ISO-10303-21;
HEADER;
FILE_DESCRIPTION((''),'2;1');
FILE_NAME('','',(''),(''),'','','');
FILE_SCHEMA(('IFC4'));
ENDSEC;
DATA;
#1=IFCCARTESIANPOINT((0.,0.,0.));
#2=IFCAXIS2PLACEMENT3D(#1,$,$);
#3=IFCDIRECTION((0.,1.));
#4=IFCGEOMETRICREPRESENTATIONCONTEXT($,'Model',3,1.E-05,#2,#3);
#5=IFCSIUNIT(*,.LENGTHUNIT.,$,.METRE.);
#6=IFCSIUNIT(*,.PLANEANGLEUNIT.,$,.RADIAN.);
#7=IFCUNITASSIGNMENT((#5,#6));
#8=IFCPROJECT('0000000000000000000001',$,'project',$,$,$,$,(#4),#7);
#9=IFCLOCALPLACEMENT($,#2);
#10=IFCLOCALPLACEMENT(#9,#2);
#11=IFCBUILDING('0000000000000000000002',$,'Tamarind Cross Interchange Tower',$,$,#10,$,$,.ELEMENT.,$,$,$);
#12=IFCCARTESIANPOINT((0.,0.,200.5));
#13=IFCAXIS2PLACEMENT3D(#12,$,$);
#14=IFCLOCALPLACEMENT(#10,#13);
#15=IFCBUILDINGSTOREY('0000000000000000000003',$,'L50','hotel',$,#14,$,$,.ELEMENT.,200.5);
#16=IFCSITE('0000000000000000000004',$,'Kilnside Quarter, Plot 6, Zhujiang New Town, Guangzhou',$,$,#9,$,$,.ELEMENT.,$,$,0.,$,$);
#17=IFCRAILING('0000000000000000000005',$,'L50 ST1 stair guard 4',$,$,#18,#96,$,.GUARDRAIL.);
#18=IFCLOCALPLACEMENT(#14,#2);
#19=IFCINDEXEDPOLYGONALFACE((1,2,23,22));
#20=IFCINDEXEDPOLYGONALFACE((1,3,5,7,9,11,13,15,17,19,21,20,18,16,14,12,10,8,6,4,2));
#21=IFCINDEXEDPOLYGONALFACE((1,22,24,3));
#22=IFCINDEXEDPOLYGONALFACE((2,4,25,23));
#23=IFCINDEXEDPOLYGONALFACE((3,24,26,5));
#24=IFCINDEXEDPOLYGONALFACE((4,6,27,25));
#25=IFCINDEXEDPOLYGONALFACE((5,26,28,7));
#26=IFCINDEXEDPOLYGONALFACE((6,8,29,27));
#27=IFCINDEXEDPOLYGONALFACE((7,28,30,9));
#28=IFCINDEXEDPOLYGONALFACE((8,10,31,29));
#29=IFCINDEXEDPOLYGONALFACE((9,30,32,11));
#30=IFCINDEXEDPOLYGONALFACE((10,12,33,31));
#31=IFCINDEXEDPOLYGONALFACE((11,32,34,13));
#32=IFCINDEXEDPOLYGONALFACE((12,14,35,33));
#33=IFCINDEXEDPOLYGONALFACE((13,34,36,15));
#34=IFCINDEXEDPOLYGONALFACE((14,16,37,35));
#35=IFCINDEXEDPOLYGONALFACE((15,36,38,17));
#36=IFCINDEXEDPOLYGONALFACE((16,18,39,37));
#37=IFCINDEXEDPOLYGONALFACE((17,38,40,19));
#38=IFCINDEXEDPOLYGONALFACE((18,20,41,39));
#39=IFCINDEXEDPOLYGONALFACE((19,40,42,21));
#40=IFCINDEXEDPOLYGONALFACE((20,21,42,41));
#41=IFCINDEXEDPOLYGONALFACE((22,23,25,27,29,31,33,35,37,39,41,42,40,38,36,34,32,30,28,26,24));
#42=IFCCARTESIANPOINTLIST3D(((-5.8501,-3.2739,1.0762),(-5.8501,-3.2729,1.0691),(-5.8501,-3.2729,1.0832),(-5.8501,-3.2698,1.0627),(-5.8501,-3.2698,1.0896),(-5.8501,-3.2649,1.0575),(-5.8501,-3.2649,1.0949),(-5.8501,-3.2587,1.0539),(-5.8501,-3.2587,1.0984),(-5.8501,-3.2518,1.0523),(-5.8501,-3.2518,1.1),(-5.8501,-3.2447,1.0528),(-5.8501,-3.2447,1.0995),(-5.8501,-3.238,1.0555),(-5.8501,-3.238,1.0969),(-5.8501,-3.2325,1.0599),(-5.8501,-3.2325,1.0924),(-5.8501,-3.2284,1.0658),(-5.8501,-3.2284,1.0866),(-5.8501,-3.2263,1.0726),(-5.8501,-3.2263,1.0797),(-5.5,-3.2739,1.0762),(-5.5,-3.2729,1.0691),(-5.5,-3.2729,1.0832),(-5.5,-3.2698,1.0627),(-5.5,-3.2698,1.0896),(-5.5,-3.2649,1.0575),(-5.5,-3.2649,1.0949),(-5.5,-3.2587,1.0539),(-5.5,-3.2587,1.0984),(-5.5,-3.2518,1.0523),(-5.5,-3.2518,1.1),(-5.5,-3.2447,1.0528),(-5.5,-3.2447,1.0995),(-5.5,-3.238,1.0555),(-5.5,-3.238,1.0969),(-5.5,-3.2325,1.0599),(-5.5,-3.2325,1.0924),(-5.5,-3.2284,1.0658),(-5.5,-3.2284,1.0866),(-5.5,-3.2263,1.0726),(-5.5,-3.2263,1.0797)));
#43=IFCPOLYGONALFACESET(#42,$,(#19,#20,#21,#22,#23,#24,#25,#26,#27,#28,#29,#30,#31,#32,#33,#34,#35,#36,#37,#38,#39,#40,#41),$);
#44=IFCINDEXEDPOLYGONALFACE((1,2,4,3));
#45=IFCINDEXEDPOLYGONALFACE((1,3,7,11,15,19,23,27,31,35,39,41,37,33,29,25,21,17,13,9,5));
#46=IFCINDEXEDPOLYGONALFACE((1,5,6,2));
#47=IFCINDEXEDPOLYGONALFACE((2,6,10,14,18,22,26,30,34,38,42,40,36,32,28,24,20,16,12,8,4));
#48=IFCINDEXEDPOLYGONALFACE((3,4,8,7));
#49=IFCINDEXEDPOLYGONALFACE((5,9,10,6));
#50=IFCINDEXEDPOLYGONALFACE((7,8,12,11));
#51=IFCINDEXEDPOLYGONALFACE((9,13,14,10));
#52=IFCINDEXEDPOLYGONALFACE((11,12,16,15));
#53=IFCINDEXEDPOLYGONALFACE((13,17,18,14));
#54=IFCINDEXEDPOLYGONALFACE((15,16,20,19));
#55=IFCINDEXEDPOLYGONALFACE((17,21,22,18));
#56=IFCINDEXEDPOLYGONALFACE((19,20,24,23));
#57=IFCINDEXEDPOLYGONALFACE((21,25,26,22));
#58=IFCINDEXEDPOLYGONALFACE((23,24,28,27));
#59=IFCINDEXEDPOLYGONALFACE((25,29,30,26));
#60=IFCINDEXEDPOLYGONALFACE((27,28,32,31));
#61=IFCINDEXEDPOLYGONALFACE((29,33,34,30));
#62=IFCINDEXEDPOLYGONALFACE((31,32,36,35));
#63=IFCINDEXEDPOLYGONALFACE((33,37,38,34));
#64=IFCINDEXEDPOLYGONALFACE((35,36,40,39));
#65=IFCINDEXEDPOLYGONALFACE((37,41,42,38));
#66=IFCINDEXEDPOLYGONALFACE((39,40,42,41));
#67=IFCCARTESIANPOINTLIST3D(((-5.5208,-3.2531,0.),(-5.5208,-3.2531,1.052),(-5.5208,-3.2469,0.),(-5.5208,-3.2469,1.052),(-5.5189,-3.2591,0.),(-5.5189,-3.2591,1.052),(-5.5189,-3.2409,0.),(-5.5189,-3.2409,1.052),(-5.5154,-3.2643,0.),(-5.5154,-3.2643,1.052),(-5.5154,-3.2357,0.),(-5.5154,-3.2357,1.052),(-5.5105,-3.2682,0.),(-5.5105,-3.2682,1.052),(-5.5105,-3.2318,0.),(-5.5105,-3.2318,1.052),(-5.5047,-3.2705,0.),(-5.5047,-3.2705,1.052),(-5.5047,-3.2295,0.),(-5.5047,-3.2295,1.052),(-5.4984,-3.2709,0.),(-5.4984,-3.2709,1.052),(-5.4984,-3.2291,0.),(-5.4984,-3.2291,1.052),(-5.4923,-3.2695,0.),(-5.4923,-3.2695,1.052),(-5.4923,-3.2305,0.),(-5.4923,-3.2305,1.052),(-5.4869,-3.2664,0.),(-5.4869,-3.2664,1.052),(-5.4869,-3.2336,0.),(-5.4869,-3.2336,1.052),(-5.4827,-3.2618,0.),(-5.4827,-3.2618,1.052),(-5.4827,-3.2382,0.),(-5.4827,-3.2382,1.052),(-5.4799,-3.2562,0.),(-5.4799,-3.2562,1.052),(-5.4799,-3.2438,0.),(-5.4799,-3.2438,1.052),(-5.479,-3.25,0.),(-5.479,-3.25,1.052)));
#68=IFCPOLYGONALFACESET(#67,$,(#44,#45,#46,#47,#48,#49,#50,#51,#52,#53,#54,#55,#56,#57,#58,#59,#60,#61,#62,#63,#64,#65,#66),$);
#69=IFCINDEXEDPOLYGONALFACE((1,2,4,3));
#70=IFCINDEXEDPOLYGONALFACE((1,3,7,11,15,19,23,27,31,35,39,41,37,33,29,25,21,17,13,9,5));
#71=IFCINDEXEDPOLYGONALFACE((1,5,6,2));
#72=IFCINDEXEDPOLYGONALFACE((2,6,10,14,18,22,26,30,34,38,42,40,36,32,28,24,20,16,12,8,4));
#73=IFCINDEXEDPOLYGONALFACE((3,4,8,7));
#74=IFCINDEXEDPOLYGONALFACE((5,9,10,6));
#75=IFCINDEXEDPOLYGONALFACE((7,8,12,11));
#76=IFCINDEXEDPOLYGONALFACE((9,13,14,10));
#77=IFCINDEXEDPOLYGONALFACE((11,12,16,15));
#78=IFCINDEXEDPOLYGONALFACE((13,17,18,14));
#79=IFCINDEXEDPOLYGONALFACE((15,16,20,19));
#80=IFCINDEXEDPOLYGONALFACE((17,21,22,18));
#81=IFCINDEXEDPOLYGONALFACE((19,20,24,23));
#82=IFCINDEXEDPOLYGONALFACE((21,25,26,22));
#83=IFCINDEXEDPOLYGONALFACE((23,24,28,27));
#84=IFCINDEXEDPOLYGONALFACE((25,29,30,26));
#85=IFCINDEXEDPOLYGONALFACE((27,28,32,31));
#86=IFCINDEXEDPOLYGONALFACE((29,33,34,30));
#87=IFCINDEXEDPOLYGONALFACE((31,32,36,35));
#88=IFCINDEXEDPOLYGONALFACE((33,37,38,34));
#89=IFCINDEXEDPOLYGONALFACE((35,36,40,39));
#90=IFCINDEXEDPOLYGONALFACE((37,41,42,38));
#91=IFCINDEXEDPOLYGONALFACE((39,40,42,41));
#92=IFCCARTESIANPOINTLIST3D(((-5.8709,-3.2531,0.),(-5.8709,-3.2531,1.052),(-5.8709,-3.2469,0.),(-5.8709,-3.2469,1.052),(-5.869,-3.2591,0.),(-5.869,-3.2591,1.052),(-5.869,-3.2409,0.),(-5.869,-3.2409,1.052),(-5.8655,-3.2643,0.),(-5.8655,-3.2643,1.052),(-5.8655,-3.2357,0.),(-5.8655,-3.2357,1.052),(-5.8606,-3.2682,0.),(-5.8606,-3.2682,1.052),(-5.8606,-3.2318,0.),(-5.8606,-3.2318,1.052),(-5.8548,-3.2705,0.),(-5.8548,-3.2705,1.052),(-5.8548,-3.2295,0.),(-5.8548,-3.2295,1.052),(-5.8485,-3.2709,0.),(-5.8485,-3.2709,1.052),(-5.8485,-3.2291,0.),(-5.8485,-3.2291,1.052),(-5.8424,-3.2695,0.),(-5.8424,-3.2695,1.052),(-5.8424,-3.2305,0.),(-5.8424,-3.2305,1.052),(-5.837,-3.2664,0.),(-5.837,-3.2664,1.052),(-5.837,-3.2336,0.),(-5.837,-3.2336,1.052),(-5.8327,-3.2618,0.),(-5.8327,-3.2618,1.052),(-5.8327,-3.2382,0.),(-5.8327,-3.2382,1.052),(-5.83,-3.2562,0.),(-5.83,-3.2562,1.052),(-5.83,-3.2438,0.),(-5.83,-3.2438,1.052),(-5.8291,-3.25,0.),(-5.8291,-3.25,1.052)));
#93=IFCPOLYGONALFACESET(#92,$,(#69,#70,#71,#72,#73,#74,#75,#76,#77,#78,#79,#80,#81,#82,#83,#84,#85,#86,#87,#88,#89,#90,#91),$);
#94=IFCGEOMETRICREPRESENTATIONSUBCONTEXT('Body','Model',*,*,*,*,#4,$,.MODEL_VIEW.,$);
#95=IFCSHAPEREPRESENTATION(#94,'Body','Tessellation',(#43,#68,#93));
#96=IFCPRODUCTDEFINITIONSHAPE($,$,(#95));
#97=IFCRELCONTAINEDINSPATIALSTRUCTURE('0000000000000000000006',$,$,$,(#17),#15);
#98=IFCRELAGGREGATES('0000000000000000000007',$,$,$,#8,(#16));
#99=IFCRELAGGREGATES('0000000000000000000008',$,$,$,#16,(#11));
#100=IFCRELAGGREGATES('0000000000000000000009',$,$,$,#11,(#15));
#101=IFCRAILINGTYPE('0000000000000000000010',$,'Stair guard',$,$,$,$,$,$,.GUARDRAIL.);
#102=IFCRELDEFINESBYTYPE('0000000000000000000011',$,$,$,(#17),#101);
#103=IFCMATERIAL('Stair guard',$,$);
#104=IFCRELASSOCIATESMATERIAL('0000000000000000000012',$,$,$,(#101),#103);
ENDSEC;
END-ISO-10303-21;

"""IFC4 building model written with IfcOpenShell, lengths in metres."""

from ifc_helpers import new_model, si_unit, direction, frame, origin, origin_2d, place, context, subcontext, project, spatial, circle, extrude, material, type_object, element, save


model = new_model("IFC4")

# Units and contexts
model_context = context("Model", 3, precision=1e-05, world=origin(), true_north=direction((0.0, 1.0)))
body_context = subcontext(model_context, "Body", "Model", "MODEL_VIEW")
ifc_project = project(units=[si_unit("LENGTHUNIT", "METRE"), si_unit("PLANEANGLEUNIT", "RADIAN")], contexts=[model_context])

# Site, building, storey
site_placement = place(None, origin())
site = spatial("IfcSite", under=ifc_project, at=site_placement, Name="Kilnside Quarter, Plot 6, Zhujiang New Town, Guangzhou", CompositionType="ELEMENT", RefElevation=0.0)
building_placement = place(site_placement, origin())
building = spatial("IfcBuilding", under=site, at=building_placement, Name="Tamarind Cross Interchange Tower", CompositionType="ELEMENT")
storey_placement = place(building_placement, frame((0.0, 0.0, 200.5)))
storey = spatial("IfcBuildingStorey", under=building, at=storey_placement, Name="L50", Description="hotel", CompositionType="ELEMENT", Elevation=200.5)

# Railing
ifc_material_1 = material(Name="Stair guard")
railing_type_1 = type_object("IfcRailingType", Name="Stair guard", PredefinedType="GUARDRAIL", material=ifc_material_1)
railing_1_placement = place(storey_placement, frame((-5.5, -3.25, 0.0)))
element("IfcRailing", 1, at=railing_1_placement, inside=storey, type_object=railing_type_1, Name="L50 ST1 stair guard 4", PredefinedType="GUARDRAIL", context=body_context, shape_type="SweptSolid", body=[
    extrude(circle(Radius=0.0239, at=origin_2d()), frame((0.0, 0.0, 1.0762), z_axis=(-1.0, 0.0, 0.0), x_axis=(0.0, -1.0, 0.0)), (0.0, 0.0, 1.0), 0.3501),
    extrude(circle(Radius=0.021, at=origin_2d()), origin(), (0.0, 0.0, 1.0), 1.052),
    extrude(circle(Radius=0.021, at=origin_2d()), frame((-0.3501, 0.0, 0.0)), (0.0, 0.0, 1.0), 1.052),
])

save(model, "model.ifc")
